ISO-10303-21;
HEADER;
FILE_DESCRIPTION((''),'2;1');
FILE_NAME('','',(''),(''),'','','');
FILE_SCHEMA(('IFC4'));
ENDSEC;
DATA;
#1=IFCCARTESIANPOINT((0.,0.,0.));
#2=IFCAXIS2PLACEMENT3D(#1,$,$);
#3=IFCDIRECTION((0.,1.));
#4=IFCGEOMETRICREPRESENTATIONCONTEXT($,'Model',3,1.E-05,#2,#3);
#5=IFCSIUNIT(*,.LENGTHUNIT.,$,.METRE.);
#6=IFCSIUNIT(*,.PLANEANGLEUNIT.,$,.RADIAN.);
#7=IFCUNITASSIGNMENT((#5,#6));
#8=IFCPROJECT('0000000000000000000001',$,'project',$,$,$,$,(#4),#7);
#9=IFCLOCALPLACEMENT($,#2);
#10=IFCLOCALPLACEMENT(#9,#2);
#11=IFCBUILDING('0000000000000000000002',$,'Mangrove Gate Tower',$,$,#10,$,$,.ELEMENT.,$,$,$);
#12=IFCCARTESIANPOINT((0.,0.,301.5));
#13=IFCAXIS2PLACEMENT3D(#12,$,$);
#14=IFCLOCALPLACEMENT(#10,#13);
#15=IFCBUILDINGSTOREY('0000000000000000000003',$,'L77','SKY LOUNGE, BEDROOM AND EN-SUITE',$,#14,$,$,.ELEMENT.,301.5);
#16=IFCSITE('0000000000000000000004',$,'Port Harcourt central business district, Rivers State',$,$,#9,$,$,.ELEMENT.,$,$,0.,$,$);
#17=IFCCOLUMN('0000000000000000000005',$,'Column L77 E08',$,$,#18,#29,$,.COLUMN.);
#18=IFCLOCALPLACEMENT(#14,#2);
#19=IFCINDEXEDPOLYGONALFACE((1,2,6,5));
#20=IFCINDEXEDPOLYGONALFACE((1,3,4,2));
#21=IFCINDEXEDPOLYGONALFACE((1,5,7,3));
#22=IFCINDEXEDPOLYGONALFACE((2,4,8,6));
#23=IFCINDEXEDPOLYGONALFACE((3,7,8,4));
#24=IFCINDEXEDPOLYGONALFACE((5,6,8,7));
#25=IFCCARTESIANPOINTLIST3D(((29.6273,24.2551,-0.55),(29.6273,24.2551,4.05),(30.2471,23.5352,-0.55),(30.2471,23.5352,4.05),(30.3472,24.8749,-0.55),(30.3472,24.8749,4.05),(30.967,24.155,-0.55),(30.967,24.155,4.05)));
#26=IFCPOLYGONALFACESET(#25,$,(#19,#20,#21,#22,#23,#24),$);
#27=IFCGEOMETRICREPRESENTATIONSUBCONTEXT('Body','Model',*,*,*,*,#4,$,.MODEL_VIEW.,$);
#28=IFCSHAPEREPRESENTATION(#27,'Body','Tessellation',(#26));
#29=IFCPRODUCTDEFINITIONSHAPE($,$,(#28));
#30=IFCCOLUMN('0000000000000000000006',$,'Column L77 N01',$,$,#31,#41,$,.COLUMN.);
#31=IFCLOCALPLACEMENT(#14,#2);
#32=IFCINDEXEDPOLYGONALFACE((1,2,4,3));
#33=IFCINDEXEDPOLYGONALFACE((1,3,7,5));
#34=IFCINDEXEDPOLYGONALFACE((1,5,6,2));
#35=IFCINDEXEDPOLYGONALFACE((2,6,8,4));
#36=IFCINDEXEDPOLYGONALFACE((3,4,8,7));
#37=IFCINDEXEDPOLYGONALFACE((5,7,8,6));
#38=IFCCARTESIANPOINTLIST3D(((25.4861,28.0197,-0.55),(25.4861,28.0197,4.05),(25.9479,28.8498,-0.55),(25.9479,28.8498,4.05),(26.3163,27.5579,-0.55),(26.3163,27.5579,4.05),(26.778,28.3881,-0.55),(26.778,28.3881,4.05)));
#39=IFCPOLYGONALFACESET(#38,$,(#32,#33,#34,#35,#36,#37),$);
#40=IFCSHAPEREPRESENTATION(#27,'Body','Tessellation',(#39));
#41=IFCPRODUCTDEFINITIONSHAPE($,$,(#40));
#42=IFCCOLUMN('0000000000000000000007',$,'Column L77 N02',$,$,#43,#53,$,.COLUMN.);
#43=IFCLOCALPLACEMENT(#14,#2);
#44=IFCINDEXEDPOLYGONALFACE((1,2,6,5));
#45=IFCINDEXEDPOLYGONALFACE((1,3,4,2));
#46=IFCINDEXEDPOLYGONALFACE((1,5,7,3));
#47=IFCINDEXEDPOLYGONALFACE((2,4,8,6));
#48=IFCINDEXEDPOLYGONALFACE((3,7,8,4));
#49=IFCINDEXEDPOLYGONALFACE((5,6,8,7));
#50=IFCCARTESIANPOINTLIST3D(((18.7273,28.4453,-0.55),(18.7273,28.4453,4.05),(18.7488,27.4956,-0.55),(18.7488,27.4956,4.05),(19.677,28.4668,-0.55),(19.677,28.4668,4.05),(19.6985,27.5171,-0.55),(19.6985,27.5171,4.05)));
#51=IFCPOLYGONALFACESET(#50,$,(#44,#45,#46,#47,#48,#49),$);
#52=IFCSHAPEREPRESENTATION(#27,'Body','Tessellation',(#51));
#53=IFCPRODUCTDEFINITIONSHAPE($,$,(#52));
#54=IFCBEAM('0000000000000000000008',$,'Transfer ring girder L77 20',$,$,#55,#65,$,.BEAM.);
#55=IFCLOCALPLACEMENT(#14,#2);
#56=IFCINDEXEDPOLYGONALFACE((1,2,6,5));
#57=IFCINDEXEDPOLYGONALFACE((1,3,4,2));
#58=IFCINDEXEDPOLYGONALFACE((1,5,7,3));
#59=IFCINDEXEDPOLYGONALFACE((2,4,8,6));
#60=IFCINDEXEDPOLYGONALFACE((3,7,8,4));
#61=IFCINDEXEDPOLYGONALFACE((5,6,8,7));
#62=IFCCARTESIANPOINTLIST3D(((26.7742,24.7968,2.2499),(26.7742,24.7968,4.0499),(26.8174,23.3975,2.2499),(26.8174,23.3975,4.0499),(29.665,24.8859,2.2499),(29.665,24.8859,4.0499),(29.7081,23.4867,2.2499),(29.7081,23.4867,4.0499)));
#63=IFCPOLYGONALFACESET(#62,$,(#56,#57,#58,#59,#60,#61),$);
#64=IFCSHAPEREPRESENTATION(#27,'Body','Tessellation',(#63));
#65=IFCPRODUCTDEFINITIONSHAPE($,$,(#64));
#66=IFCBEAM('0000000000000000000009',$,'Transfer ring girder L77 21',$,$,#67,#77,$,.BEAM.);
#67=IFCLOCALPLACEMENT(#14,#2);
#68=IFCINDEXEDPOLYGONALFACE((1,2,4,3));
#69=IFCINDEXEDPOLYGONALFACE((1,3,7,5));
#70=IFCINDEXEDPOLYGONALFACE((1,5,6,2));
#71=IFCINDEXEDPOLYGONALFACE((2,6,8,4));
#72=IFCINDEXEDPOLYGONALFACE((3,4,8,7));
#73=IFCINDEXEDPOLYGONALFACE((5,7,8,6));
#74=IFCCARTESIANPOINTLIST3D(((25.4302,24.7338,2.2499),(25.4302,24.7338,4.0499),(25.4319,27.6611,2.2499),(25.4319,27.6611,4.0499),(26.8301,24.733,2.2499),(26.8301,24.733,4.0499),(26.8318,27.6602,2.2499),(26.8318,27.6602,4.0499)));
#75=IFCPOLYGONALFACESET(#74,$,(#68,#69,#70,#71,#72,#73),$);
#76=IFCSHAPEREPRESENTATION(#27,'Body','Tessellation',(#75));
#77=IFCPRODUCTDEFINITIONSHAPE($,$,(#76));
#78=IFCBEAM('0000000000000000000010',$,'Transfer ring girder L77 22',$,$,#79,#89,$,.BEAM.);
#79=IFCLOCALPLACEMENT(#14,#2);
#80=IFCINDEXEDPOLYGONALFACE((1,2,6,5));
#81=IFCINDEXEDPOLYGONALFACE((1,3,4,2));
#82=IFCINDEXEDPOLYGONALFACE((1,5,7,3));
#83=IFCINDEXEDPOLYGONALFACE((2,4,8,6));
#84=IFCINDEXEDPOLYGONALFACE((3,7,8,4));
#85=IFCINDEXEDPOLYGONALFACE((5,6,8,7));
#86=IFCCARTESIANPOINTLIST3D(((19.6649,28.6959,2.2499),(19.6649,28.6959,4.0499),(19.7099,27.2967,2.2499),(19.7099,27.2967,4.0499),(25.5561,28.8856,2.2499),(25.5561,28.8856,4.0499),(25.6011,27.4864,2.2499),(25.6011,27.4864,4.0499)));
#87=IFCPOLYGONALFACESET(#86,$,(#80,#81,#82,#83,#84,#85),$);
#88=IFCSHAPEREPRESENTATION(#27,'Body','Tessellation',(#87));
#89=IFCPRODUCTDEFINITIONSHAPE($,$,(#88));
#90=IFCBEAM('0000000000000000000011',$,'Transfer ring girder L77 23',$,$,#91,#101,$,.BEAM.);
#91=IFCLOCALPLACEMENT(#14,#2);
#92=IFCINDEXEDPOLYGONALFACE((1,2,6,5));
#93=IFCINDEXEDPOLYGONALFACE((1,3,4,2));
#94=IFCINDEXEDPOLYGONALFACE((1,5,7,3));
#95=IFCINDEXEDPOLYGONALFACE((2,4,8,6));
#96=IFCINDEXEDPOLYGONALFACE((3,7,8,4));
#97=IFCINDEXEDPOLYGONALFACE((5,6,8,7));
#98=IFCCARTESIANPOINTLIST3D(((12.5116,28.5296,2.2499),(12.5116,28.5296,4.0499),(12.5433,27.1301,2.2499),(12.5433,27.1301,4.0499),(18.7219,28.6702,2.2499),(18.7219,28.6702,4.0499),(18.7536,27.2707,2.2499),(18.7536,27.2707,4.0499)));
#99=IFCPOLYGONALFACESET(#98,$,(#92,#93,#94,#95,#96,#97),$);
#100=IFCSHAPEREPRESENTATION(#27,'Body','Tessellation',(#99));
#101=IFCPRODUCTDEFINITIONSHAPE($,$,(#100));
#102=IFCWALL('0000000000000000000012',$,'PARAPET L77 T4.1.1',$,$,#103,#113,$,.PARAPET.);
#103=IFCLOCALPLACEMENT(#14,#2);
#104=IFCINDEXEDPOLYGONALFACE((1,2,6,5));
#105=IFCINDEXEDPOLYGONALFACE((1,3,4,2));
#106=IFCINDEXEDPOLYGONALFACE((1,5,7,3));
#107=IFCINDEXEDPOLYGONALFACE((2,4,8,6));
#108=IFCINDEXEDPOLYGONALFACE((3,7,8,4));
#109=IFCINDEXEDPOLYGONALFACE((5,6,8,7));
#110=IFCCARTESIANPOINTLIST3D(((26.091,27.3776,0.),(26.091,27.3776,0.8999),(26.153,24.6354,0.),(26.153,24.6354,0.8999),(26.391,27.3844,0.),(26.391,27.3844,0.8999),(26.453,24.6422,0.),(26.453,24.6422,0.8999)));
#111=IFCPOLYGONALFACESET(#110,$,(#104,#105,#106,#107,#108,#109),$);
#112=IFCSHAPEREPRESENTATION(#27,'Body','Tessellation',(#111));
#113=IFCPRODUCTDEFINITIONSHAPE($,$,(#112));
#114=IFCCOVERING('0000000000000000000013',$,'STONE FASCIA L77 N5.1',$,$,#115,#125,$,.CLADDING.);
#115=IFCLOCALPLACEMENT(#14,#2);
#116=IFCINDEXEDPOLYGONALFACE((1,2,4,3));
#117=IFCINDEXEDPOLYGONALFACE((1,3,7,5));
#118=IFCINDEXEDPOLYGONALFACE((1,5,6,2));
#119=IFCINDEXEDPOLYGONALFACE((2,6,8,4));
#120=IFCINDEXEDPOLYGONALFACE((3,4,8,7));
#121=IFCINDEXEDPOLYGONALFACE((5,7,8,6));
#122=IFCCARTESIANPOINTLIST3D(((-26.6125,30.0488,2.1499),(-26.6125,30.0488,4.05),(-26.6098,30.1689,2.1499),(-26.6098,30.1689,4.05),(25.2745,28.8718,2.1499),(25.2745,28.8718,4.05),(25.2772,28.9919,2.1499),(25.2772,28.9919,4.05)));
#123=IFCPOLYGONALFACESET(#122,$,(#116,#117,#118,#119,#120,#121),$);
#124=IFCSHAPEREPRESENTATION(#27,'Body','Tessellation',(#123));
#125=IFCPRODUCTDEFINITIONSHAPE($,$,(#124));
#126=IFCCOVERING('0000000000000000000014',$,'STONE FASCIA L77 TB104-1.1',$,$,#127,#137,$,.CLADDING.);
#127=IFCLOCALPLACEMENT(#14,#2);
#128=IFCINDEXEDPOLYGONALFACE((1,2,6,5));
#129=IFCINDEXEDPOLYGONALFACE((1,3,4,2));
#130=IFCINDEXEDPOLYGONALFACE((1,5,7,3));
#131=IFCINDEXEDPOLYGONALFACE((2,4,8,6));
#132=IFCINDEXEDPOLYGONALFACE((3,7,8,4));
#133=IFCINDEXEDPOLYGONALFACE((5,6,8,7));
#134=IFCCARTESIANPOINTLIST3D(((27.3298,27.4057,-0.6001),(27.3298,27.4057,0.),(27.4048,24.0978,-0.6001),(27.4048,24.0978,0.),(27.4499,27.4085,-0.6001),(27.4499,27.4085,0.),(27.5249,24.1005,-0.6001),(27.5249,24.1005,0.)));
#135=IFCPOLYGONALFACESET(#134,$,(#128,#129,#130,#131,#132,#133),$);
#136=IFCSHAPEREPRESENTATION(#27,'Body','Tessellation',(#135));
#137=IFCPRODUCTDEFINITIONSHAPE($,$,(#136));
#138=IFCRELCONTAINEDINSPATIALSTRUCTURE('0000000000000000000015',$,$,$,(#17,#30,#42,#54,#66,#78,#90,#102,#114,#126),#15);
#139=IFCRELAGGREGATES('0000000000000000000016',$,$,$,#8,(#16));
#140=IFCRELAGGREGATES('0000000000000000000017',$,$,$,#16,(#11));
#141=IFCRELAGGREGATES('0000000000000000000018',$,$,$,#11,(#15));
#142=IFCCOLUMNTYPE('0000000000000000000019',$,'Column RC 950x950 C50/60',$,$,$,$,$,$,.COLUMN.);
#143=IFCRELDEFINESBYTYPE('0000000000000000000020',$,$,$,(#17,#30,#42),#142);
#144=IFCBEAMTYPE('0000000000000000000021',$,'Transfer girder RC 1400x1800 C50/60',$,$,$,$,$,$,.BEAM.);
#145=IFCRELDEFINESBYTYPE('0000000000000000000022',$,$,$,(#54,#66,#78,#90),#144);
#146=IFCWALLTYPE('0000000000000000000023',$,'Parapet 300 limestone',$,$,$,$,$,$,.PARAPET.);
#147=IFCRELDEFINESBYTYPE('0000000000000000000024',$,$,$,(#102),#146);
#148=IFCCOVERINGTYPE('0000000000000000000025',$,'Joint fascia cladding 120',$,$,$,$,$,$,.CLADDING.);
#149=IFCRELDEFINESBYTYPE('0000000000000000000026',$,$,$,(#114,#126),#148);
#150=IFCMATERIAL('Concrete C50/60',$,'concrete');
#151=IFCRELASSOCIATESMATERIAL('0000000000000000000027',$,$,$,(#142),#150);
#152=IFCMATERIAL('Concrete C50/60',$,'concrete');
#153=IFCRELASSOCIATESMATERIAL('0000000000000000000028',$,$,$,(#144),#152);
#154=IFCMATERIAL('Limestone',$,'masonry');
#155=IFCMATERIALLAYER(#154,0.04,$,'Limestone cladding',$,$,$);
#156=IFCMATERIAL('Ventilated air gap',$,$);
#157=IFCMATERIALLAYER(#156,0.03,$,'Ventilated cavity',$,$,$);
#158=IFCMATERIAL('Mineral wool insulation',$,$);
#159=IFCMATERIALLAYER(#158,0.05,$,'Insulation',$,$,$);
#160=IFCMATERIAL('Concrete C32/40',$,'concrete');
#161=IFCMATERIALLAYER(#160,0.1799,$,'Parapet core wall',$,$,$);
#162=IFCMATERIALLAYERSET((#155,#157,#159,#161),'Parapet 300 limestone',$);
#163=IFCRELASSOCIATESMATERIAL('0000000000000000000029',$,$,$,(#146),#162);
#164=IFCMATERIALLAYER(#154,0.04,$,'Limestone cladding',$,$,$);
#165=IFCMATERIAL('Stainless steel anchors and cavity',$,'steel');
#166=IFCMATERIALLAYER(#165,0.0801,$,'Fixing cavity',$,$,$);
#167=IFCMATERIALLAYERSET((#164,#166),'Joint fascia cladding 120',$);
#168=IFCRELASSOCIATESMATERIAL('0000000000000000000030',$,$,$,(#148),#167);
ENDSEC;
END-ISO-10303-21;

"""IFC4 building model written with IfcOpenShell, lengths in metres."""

from ifc_helpers import new_model, si_unit, direction, frame, frame_2d, origin, origin_2d, place, context, subcontext, project, spatial, rectangle, extrude, material, layer, layer_set, material_profile, profile_set, type_object, element, save


model = new_model("IFC4")

# Units and contexts
model_context = context("Model", 3, precision=1e-05, world=origin(), true_north=direction((0.0, 1.0)))
body_context = subcontext(model_context, "Body", "Model", "MODEL_VIEW")
ifc_project = project(units=[si_unit("LENGTHUNIT", "METRE"), si_unit("PLANEANGLEUNIT", "RADIAN")], contexts=[model_context])

# Site, building, storey
site_placement = place(None, origin())
site = spatial("IfcSite", under=ifc_project, at=site_placement, Name="Port Harcourt central business district, Rivers State", CompositionType="ELEMENT", RefElevation=0.0)
building_placement = place(site_placement, origin())
building = spatial("IfcBuilding", under=site, at=building_placement, Name="Mangrove Gate Tower", CompositionType="ELEMENT")
storey_placement = place(building_placement, frame((0.0, 0.0, 301.5)))
storey = spatial("IfcBuildingStorey", under=building, at=storey_placement, Name="L77", Description="SKY LOUNGE, BEDROOM AND EN-SUITE", CompositionType="ELEMENT", Elevation=301.5)

# Columns
ifc_material_1 = material(Name="Concrete C50/60", Category="concrete")
ifc_material_profile_1 = material_profile(ifc_material_1, rectangle(XDim=0.95, YDim=0.95, at=origin_2d()))
ifc_profile_set_1 = profile_set([ifc_material_profile_1], Name="Concrete C50/60")
column_type = type_object("IfcColumnType", Name="Column RC 950x950 C50/60", PredefinedType="COLUMN", material=ifc_profile_set_1)
for number, where, z_axis, x_axis, name in (
    (1, (30.2971, 24.2051, -0.55), (0.0, 0.0, 1.0), (-0.652446, 0.757835, 0.0), "Column L77 E08"),
    (2, (26.1321, 28.2039, -0.55), (0.0, 0.0, 1.0), (-0.873907, 0.486093, 0.0), "Column L77 N01"),
    (3, (19.2129, 27.9812, -0.55), (0.0, 0.0, 1.0), (-0.999743, -0.022688, 0.0), "Column L77 N02"),
):
    element("IfcColumn", number, at=place(storey_placement, frame(where, z_axis=z_axis, x_axis=x_axis)), inside=storey, type_object=column_type, Name=name, PredefinedType="COLUMN", context=body_context, shape_type="SweptSolid", body=[
        extrude(rectangle(XDim=0.95, YDim=0.95, at=origin_2d()), origin(), (0.0, 0.0, 1.0), 4.6001),
    ])

# Beams
ifc_material_2 = material(Name="Concrete C50/60", Category="concrete")
ifc_material_profile_2 = material_profile(ifc_material_2, rectangle(XDim=1.3999, YDim=1.8, at=origin_2d()))
ifc_profile_set_2 = profile_set([ifc_material_profile_2], Name="Concrete C50/60")
beam_type = type_object("IfcBeamType", Name="Transfer girder RC 1400x1800 C50/60", PredefinedType="BEAM", material=ifc_profile_set_2)
beam_1_placement = place(storey_placement, frame((29.6865, 24.1863, 3.1499), z_axis=(-0.999525, -0.030813, 0.0), x_axis=(0.030813, -0.999525, 0.0)))
element("IfcBeam", 4, at=beam_1_placement, inside=storey, type_object=beam_type, Name="Transfer ring girder L77 20", PredefinedType="BEAM", context=body_context, shape_type="SweptSolid", body=[
    extrude(rectangle(XDim=1.3999, YDim=1.8, at=origin_2d()), origin(), (0.0, 0.0, 1.0), 2.8921),
])
beam_2_placement = place(storey_placement, frame((26.1301, 24.7334, 3.1499), z_axis=(0.000584, 1.0, 0.0), x_axis=(-1.0, 0.000584, 0.0)))
element("IfcBeam", 5, at=beam_2_placement, inside=storey, type_object=beam_type, Name="Transfer ring girder L77 21", PredefinedType="BEAM", context=body_context, shape_type="SweptSolid", body=[
    extrude(rectangle(XDim=1.3999, YDim=1.8, at=origin_2d()), origin(), (0.0, 0.0, 1.0), 2.9272),
])
beam_3_placement = place(storey_placement, frame((25.5786, 28.186, 3.1499), z_axis=(-0.999482, -0.032184, 0.0), x_axis=(0.032184, -0.999482, 0.0)))
element("IfcBeam", 6, at=beam_3_placement, inside=storey, type_object=beam_type, Name="Transfer ring girder L77 22", PredefinedType="BEAM", context=body_context, shape_type="SweptSolid", body=[
    extrude(rectangle(XDim=1.3999, YDim=1.8, at=origin_2d()), origin(), (0.0, 0.0, 1.0), 5.8943),
])
beam_4_placement = place(storey_placement, frame((18.7378, 27.9705, 3.1499), z_axis=(-0.999744, -0.022638, 0.0), x_axis=(0.022638, -0.999744, 0.0)))
element("IfcBeam", 7, at=beam_4_placement, inside=storey, type_object=beam_type, Name="Transfer ring girder L77 23", PredefinedType="BEAM", context=body_context, shape_type="SweptSolid", body=[
    extrude(rectangle(XDim=1.3999, YDim=1.8, at=origin_2d()), origin(), (0.0, 0.0, 1.0), 6.2119),
])

# Shared definitions
ifc_material_3 = material(Name="Limestone", Category="masonry")
ifc_material_4 = material(Name="Ventilated air gap")
ifc_material_5 = material(Name="Mineral wool insulation")

# Wall
ifc_layer_1 = layer(ifc_material_3, 0.04, Name="Limestone cladding")
ifc_layer_2 = layer(ifc_material_4, 0.03, Name="Ventilated cavity")
ifc_layer_3 = layer(ifc_material_5, 0.05, Name="Insulation")
ifc_material_6 = material(Name="Concrete C32/40", Category="concrete")
ifc_layer_4 = layer(ifc_material_6, 0.1799, Name="Parapet core wall")
ifc_layer_set_1 = layer_set([ifc_layer_1, ifc_layer_2, ifc_layer_3, ifc_layer_4], Name="Parapet 300 limestone")
wall_type_1 = type_object("IfcWallType", Name="Parapet 300 limestone", PredefinedType="PARAPET", material=ifc_layer_set_1)
wall_1_placement = place(storey_placement, frame((26.241, 27.3811, 0.0), z_axis=(0.0, 0.0, 1.0), x_axis=(0.022608, -0.999744, 0.0)))
element("IfcWall", 8, at=wall_1_placement, inside=storey, type_object=wall_type_1, Name="PARAPET L77 T4.1.1", PredefinedType="PARAPET", context=body_context, shape_type="SweptSolid", body=[
    extrude(rectangle(XDim=2.7429, YDim=0.3, at=frame_2d((1.3716, 0.0))), origin(), (0.0, 0.0, 1.0), 0.8999),
])

# Coverings
ifc_layer_5 = layer(ifc_material_3, 0.04, Name="Limestone cladding")
ifc_material_7 = material(Name="Stainless steel anchors and cavity", Category="steel")
ifc_layer_6 = layer(ifc_material_7, 0.0801, Name="Fixing cavity")
ifc_layer_set_2 = layer_set([ifc_layer_5, ifc_layer_6], Name="Joint fascia cladding 120")
covering_type = type_object("IfcCoveringType", Name="Joint fascia cladding 120", PredefinedType="CLADDING", material=ifc_layer_set_2)
covering_1_placement = place(storey_placement, frame((25.2759, 28.9319, 2.1499), z_axis=(0.0, 0.0, 1.0), x_axis=(-0.999743, 0.022678, 0.0)))
element("IfcCovering", 9, at=covering_1_placement, inside=storey, type_object=covering_type, Name="STONE FASCIA L77 N5.1", PredefinedType="CLADDING", context=body_context, shape_type="SweptSolid", body=[
    extrude(rectangle(XDim=51.9004, YDim=0.1201, at=frame_2d((25.9502, 0.0))), origin(), (0.0, 0.0, 1.0), 1.9001),
])
covering_2_placement = place(storey_placement, frame((27.3899, 27.407, -0.6001), z_axis=(0.0, 0.0, 1.0), x_axis=(0.022651, -0.999743, 0.0)))
element("IfcCovering", 10, at=covering_2_placement, inside=storey, type_object=covering_type, Name="STONE FASCIA L77 TB104-1.1", PredefinedType="CLADDING", context=body_context, shape_type="SweptSolid", body=[
    extrude(rectangle(XDim=3.3088, YDim=0.1201, at=frame_2d((1.6543, 0.0))), origin(), (0.0, 0.0, 1.0), 0.6001),
])

save(model, "model.ifc")
